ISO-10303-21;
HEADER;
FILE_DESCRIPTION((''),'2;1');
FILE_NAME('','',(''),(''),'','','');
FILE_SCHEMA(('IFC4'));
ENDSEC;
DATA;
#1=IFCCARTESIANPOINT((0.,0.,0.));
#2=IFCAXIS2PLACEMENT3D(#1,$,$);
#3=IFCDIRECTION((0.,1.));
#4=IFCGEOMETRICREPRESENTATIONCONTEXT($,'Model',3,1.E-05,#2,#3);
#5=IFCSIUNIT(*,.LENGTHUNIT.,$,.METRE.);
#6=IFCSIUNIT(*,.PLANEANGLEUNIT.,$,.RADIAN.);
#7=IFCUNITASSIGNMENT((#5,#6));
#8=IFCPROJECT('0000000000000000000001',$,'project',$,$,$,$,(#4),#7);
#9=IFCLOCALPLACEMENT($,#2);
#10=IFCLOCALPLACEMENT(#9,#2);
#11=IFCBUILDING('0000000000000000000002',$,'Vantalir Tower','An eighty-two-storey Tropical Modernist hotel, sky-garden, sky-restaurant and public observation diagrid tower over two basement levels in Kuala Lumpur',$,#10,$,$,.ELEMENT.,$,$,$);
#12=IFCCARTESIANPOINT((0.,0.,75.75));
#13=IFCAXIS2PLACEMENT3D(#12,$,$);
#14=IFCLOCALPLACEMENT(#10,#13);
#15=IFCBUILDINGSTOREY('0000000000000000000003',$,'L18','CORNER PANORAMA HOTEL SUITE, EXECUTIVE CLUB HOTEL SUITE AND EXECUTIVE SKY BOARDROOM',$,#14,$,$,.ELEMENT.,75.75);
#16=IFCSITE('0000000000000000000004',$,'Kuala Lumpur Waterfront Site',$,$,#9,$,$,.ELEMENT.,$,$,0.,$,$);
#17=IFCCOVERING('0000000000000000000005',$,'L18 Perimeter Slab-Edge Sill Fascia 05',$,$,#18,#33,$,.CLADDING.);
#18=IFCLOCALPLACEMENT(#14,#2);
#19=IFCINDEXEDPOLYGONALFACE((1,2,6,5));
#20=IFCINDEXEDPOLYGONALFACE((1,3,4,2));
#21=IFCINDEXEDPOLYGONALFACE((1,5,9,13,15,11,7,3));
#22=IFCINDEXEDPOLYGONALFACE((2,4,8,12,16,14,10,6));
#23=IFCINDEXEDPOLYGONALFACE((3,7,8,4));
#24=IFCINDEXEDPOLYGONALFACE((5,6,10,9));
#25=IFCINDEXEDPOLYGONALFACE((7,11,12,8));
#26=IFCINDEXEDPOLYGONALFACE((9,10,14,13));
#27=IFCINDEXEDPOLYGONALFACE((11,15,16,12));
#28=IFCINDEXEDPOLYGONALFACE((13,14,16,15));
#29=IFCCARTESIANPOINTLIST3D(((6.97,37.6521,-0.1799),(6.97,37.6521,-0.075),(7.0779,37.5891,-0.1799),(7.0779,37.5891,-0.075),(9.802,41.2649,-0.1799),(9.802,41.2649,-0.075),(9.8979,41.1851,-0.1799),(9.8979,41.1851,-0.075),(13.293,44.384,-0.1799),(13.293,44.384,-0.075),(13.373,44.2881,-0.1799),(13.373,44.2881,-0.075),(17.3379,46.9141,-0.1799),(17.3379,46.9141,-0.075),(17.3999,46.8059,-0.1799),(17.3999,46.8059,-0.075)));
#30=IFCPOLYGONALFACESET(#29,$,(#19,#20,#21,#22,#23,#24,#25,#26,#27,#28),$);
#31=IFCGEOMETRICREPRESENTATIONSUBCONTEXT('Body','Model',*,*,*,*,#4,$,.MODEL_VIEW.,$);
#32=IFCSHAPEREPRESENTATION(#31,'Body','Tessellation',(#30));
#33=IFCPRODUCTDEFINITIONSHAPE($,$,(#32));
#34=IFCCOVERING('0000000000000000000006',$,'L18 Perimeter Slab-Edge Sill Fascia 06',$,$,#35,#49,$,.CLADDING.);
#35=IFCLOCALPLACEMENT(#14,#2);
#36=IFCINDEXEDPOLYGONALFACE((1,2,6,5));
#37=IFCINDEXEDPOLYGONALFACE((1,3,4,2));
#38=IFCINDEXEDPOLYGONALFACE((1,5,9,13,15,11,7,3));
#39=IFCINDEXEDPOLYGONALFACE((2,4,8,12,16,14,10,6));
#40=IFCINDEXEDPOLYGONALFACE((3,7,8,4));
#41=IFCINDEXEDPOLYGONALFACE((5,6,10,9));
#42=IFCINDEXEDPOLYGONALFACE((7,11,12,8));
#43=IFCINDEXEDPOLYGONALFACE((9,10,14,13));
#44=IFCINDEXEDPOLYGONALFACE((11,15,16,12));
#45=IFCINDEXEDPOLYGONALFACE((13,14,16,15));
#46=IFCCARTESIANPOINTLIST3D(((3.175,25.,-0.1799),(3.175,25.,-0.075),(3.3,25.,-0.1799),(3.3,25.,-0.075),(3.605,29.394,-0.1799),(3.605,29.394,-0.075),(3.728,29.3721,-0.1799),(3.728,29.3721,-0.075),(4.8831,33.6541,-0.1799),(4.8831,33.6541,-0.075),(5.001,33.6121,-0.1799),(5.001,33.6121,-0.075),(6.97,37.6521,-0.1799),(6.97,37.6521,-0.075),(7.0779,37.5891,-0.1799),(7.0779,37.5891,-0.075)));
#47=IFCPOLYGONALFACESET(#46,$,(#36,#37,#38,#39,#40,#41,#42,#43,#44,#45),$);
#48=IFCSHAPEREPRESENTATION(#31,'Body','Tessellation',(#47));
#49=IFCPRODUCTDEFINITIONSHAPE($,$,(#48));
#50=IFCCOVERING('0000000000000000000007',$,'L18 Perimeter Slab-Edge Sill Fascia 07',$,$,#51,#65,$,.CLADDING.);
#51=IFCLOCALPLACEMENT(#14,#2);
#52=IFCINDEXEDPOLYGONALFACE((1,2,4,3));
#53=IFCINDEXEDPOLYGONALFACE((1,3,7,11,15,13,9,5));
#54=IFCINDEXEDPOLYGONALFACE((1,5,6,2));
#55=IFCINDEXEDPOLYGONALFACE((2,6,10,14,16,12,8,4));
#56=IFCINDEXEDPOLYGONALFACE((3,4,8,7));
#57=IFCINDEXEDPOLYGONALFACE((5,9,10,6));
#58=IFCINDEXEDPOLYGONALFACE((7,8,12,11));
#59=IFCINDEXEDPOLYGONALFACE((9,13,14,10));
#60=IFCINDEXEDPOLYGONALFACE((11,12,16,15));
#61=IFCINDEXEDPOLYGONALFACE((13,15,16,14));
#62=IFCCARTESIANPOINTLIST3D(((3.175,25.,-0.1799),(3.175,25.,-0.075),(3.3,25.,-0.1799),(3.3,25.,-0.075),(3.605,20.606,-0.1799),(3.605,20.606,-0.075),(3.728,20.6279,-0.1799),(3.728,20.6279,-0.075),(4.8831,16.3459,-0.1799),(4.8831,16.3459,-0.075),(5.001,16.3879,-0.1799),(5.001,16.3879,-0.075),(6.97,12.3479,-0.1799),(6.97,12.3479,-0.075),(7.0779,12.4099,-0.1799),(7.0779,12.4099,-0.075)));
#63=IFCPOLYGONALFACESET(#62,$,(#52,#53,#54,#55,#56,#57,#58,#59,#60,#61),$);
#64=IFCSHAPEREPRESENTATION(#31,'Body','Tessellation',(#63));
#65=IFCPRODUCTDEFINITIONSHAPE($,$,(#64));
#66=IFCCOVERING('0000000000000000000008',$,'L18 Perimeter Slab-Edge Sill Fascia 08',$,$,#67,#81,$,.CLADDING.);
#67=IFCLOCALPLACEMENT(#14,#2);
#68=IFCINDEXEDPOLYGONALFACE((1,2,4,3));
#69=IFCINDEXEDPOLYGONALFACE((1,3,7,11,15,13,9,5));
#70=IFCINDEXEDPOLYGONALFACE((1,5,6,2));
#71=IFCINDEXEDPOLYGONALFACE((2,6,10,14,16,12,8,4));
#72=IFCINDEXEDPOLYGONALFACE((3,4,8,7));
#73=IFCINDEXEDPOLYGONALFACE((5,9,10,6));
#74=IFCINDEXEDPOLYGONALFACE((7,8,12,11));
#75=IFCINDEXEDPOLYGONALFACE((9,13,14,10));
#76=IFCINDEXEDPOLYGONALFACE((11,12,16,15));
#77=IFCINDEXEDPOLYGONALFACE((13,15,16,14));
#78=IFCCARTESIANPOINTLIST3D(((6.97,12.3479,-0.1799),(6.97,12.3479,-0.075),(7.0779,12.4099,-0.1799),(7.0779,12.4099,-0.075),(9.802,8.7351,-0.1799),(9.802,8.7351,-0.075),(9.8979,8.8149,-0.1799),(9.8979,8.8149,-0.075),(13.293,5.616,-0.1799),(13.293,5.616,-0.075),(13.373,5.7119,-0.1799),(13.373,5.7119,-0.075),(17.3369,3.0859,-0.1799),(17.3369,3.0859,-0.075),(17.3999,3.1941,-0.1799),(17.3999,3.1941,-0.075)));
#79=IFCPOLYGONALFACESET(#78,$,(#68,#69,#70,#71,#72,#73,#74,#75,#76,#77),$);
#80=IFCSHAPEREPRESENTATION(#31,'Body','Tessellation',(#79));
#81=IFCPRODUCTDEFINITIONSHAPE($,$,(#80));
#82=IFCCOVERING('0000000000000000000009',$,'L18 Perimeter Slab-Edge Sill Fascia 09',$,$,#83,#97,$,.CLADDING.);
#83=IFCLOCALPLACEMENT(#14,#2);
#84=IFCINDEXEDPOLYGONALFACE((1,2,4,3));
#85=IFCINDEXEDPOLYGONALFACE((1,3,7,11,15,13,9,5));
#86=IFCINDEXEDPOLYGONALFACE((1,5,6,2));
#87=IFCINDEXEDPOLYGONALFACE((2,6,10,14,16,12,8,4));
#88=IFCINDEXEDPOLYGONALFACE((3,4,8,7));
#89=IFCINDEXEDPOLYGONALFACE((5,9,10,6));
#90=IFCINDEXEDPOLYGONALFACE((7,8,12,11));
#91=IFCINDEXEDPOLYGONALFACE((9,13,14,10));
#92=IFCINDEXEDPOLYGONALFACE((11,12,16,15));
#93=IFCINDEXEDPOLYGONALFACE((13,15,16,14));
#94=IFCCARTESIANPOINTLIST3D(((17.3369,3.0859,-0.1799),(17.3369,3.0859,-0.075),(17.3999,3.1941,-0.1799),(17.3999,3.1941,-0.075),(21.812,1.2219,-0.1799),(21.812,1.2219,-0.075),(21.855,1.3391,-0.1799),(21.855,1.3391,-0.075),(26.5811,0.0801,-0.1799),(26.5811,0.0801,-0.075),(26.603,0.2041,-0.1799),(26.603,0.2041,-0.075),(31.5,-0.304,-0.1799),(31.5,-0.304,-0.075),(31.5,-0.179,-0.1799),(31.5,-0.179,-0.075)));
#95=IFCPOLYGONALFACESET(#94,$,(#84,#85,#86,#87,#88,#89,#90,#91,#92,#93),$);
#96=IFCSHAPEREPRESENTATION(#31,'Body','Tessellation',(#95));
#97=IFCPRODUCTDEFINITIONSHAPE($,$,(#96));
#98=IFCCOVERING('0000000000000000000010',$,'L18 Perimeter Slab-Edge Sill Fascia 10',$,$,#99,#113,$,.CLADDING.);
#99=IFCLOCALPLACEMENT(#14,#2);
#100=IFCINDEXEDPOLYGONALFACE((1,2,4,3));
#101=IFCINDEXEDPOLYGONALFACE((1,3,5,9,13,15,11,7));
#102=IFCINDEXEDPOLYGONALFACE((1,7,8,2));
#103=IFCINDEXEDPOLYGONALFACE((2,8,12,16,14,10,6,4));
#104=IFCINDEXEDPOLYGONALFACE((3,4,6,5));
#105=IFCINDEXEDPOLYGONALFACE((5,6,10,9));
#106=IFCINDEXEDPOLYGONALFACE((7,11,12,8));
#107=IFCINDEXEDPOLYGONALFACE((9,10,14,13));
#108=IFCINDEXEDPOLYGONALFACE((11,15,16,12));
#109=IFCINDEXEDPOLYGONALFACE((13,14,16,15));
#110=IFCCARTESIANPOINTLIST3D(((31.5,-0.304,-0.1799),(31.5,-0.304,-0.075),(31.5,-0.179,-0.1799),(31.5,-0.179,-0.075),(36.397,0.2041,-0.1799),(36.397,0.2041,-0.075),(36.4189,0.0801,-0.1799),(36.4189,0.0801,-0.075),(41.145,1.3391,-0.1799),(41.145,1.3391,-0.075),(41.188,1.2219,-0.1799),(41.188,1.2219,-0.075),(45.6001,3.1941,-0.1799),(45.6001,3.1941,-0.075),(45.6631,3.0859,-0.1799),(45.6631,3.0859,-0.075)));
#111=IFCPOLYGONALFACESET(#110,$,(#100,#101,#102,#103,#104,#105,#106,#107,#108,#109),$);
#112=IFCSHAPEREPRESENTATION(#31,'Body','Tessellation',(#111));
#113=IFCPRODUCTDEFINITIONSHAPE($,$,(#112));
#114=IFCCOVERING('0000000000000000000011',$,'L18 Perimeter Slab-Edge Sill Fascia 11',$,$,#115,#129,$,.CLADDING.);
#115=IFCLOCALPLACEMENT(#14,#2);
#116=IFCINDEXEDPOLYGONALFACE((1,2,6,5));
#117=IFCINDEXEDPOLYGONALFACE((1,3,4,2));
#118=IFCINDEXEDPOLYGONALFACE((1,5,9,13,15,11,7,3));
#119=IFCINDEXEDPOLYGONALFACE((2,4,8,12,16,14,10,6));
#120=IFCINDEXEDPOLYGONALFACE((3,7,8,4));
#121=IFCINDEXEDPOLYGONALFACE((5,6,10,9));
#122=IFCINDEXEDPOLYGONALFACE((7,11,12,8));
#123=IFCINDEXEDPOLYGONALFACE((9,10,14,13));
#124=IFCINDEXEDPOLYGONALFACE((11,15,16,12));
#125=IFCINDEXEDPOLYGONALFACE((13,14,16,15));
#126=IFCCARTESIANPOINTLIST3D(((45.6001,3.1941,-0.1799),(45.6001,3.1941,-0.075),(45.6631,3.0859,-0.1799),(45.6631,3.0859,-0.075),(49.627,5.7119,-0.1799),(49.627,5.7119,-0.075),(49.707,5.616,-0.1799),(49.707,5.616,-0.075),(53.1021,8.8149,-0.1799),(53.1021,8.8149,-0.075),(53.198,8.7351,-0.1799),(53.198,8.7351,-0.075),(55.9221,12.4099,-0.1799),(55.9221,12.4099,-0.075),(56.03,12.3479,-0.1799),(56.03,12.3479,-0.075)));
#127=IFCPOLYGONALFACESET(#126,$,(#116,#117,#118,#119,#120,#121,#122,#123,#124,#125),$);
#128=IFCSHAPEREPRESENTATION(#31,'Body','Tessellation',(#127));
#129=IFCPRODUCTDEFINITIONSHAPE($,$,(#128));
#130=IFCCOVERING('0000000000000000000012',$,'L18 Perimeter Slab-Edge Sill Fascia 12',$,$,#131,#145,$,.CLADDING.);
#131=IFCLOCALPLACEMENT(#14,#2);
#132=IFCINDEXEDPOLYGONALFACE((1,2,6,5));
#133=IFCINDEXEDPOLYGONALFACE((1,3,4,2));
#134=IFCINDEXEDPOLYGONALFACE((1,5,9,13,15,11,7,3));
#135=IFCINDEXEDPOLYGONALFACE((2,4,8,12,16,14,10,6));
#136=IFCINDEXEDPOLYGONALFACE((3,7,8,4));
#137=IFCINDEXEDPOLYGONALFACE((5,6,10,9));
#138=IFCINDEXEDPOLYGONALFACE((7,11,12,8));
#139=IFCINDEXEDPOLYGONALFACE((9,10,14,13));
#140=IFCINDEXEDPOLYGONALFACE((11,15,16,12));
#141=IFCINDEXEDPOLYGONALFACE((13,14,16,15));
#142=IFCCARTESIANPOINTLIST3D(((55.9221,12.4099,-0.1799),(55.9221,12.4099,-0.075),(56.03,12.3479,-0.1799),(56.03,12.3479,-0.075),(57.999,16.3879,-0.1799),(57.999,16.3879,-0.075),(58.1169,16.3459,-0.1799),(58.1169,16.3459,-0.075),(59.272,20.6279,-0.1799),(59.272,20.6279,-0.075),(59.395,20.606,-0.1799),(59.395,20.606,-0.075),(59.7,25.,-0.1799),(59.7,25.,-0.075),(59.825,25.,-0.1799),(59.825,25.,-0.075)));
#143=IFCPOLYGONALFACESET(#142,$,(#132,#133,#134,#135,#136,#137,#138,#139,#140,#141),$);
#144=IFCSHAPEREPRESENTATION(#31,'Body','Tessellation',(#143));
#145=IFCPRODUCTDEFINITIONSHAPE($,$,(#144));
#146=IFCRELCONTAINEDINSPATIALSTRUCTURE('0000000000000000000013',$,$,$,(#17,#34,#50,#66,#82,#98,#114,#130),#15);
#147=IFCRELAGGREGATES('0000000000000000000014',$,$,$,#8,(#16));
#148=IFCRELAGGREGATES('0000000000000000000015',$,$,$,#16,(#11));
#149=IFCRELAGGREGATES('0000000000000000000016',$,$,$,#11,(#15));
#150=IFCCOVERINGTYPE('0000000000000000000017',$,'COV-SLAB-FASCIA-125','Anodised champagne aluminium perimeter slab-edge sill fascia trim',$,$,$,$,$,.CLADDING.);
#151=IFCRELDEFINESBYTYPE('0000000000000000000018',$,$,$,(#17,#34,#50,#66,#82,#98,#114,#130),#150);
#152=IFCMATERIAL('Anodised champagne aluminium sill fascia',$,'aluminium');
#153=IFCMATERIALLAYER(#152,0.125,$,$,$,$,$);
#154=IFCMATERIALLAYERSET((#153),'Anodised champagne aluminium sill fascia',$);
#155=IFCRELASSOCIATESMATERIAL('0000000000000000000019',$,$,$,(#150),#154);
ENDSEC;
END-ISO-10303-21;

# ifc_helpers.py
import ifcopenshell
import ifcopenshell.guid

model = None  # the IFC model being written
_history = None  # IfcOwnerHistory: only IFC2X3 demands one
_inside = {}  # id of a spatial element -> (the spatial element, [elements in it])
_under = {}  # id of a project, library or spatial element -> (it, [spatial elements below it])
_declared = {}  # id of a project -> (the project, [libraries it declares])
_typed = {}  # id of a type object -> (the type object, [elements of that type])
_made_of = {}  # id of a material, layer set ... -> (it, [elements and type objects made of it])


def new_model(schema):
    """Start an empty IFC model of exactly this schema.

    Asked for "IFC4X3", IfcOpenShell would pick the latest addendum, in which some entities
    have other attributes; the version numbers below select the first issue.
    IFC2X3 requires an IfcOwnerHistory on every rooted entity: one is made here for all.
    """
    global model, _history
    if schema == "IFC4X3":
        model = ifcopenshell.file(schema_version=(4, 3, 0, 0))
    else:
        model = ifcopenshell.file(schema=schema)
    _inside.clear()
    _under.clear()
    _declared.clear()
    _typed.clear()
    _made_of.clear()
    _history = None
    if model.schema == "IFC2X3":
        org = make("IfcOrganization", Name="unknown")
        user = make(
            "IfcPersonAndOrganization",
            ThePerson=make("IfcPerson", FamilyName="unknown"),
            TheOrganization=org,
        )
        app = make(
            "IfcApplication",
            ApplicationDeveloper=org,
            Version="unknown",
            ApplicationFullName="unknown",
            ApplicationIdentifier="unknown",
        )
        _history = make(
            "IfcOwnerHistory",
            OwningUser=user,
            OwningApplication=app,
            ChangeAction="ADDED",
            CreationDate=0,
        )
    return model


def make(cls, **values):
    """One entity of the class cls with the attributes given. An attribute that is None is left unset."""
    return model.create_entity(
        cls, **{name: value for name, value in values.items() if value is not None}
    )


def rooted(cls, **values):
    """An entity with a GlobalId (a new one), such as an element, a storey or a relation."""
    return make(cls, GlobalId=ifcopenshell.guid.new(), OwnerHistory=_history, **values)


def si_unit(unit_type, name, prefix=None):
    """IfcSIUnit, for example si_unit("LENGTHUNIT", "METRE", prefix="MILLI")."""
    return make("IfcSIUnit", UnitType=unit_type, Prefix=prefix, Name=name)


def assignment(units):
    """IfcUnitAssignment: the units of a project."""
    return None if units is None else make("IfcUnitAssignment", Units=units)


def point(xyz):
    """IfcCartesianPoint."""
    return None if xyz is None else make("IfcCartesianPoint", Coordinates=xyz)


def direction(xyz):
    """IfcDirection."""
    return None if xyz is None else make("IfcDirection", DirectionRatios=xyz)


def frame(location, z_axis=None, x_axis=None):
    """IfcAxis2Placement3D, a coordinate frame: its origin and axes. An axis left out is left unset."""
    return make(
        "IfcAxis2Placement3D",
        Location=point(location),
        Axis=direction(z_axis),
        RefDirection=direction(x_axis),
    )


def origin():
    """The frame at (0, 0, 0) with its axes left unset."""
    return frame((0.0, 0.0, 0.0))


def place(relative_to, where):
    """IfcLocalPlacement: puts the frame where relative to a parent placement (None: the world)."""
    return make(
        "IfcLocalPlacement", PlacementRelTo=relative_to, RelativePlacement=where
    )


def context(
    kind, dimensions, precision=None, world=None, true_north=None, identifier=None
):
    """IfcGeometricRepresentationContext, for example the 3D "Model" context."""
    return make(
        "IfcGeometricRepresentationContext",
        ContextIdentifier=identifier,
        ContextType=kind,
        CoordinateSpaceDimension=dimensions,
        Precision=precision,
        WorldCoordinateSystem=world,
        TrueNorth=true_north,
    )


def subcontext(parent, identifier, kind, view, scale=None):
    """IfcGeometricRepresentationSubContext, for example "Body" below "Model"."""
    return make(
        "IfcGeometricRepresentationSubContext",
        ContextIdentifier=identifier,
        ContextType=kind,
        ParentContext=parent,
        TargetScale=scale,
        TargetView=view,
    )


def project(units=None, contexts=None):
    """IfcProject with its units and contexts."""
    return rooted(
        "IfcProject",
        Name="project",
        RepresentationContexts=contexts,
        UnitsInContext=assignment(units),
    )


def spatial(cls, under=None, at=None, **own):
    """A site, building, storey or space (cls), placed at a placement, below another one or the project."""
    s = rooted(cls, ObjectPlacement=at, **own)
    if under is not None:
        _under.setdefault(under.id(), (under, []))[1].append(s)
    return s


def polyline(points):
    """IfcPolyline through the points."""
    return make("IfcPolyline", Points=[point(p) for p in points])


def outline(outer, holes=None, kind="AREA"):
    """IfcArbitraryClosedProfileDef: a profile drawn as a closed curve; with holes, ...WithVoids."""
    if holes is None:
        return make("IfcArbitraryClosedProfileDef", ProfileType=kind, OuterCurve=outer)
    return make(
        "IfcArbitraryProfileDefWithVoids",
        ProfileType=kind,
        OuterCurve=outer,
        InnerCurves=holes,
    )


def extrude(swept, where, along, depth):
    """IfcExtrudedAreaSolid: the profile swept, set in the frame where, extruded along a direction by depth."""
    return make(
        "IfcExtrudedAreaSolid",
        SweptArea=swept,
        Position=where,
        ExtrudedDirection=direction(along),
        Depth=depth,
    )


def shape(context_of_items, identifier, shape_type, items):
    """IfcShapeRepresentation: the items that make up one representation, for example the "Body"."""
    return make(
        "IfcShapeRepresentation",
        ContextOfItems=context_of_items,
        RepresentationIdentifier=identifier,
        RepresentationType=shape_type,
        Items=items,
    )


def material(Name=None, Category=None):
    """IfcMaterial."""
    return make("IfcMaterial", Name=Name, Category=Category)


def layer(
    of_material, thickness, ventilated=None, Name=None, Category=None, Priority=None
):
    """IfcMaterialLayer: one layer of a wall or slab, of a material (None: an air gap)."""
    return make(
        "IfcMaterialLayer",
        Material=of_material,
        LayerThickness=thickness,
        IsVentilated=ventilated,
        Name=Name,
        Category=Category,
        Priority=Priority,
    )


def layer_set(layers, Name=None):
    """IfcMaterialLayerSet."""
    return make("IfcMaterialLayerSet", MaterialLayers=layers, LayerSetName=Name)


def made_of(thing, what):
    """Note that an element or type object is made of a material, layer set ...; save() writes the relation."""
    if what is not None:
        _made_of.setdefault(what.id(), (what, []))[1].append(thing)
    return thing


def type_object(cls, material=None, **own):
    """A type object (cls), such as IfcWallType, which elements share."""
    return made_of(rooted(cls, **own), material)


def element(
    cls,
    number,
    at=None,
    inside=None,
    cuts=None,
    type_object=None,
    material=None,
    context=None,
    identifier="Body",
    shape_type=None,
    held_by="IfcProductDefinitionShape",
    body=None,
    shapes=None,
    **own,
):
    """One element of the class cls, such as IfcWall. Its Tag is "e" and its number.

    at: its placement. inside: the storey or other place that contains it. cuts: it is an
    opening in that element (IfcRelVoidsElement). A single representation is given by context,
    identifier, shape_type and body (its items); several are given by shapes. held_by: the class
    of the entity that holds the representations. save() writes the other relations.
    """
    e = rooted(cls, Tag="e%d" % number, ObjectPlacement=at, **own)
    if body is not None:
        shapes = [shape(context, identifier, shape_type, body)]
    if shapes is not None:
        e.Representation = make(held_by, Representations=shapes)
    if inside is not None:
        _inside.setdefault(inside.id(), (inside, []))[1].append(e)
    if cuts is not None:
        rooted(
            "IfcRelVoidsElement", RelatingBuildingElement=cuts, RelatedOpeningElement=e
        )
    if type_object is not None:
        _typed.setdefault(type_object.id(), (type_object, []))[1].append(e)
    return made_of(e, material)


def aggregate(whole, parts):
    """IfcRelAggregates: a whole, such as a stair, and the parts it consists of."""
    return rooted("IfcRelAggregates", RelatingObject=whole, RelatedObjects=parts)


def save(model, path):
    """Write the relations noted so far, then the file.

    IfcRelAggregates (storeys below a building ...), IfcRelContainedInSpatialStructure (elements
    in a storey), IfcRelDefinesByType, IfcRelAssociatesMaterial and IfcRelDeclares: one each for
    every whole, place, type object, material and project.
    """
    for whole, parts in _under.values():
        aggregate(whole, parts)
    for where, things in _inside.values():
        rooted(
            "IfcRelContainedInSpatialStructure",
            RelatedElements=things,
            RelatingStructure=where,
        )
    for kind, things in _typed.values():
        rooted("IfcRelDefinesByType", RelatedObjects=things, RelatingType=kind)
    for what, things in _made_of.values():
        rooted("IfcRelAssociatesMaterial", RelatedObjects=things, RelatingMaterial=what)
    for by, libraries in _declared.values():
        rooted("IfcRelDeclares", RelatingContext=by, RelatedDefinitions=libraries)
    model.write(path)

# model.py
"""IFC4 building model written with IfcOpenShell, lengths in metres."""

from ifc_helpers import new_model, si_unit, direction, frame, origin, place, context, subcontext, project, spatial, polyline, outline, extrude, material, layer, layer_set, type_object, element, save


model = new_model("IFC4")

# Units and contexts
model_context = context("Model", 3, precision=1e-05, world=origin(), true_north=direction((0.0, 1.0)))
body_context = subcontext(model_context, "Body", "Model", "MODEL_VIEW")
ifc_project = project(units=[si_unit("LENGTHUNIT", "METRE"), si_unit("PLANEANGLEUNIT", "RADIAN")], contexts=[model_context])

# Site, building, storey
site_placement = place(None, origin())
site = spatial("IfcSite", under=ifc_project, at=site_placement, Name="Kuala Lumpur Waterfront Site", CompositionType="ELEMENT", RefElevation=0.0)
building_placement = place(site_placement, origin())
building = spatial("IfcBuilding", under=site, at=building_placement, Name="Vantalir Tower", Description="An eighty-two-storey Tropical Modernist hotel, sky-garden, sky-restaurant and public observation diagrid tower over two basement levels in Kuala Lumpur", CompositionType="ELEMENT")
storey_placement = place(building_placement, frame((0.0, 0.0, 75.75)))
storey = spatial("IfcBuildingStorey", under=building, at=storey_placement, Name="L18", Description="CORNER PANORAMA HOTEL SUITE, EXECUTIVE CLUB HOTEL SUITE AND EXECUTIVE SKY BOARDROOM", CompositionType="ELEMENT", Elevation=75.75)

# Coverings
ifc_material_1 = material(Name="Anodised champagne aluminium sill fascia", Category="aluminium")
ifc_layer_1 = layer(ifc_material_1, 0.125)
ifc_layer_set_1 = layer_set([ifc_layer_1], Name="Anodised champagne aluminium sill fascia")
covering_type = type_object("IfcCoveringType", Name="COV-SLAB-FASCIA-125", Description="Anodised champagne aluminium perimeter slab-edge sill fascia trim", PredefinedType="CLADDING", material=ifc_layer_set_1)
covering_1_placement = place(storey_placement, frame((0.0, 0.0, -0.1799)))
element("IfcCovering", 1, at=covering_1_placement, inside=storey, type_object=covering_type, Name="L18 Perimeter Slab-Edge Sill Fascia 05", PredefinedType="CLADDING", context=body_context, shape_type="SweptSolid", body=[
    extrude(outline(polyline([(17.3379, 46.9141), (13.293, 44.384), (9.802, 41.2649), (6.97, 37.6521), (7.0779, 37.5891), (9.8979, 41.1851), (13.373, 44.2881), (17.3999, 46.8059), (17.3379, 46.9141)])), origin(), (0.0, 0.0, 1.0), 0.105),
])
covering_2_placement = place(storey_placement, frame((0.0, 0.0, -0.1799)))
element("IfcCovering", 2, at=covering_2_placement, inside=storey, type_object=covering_type, Name="L18 Perimeter Slab-Edge Sill Fascia 06", PredefinedType="CLADDING", context=body_context, shape_type="SweptSolid", body=[
    extrude(outline(polyline([(6.97, 37.6521), (4.8831, 33.6541), (3.605, 29.394), (3.175, 25.0), (3.3, 25.0), (3.728, 29.3721), (5.001, 33.6121), (7.0779, 37.5891), (6.97, 37.6521)])), origin(), (0.0, 0.0, 1.0), 0.105),
])
covering_3_placement = place(storey_placement, frame((0.0, 0.0, -0.1799)))
element("IfcCovering", 3, at=covering_3_placement, inside=storey, type_object=covering_type, Name="L18 Perimeter Slab-Edge Sill Fascia 07", PredefinedType="CLADDING", context=body_context, shape_type="SweptSolid", body=[
    extrude(outline(polyline([(3.175, 25.0), (3.605, 20.606), (4.8831, 16.3459), (6.97, 12.3479), (7.0779, 12.4099), (5.001, 16.3879), (3.728, 20.6279), (3.3, 25.0), (3.175, 25.0)])), origin(), (0.0, 0.0, 1.0), 0.105),
])
covering_4_placement = place(storey_placement, frame((0.0, 0.0, -0.1799)))
element("IfcCovering", 4, at=covering_4_placement, inside=storey, type_object=covering_type, Name="L18 Perimeter Slab-Edge Sill Fascia 08", PredefinedType="CLADDING", context=body_context, shape_type="SweptSolid", body=[
    extrude(outline(polyline([(6.97, 12.3479), (9.802, 8.7351), (13.293, 5.616), (17.3369, 3.0859), (17.3999, 3.1941), (13.373, 5.7119), (9.8979, 8.8149), (7.0779, 12.4099), (6.97, 12.3479)])), origin(), (0.0, 0.0, 1.0), 0.105),
])
covering_5_placement = place(storey_placement, frame((0.0, 0.0, -0.1799)))
element("IfcCovering", 5, at=covering_5_placement, inside=storey, type_object=covering_type, Name="L18 Perimeter Slab-Edge Sill Fascia 09", PredefinedType="CLADDING", context=body_context, shape_type="SweptSolid", body=[
    extrude(outline(polyline([(17.3369, 3.0859), (21.812, 1.2219), (26.5811, 0.0801), (31.5, -0.304), (31.5, -0.179), (26.603, 0.2041), (21.855, 1.3391), (17.3999, 3.1941), (17.3369, 3.0859)])), origin(), (0.0, 0.0, 1.0), 0.105),
])
covering_6_placement = place(storey_placement, frame((0.0, 0.0, -0.1799)))
element("IfcCovering", 6, at=covering_6_placement, inside=storey, type_object=covering_type, Name="L18 Perimeter Slab-Edge Sill Fascia 10", PredefinedType="CLADDING", context=body_context, shape_type="SweptSolid", body=[
    extrude(outline(polyline([(31.5, -0.304), (36.4189, 0.0801), (41.188, 1.2219), (45.6631, 3.0859), (45.6001, 3.1941), (41.145, 1.3391), (36.397, 0.2041), (31.5, -0.179), (31.5, -0.304)])), origin(), (0.0, 0.0, 1.0), 0.105),
])
covering_7_placement = place(storey_placement, frame((0.0, 0.0, -0.1799)))
element("IfcCovering", 7, at=covering_7_placement, inside=storey, type_object=covering_type, Name="L18 Perimeter Slab-Edge Sill Fascia 11", PredefinedType="CLADDING", context=body_context, shape_type="SweptSolid", body=[
    extrude(outline(polyline([(45.6631, 3.0859), (49.707, 5.616), (53.198, 8.7351), (56.03, 12.3479), (55.9221, 12.4099), (53.1021, 8.8149), (49.627, 5.7119), (45.6001, 3.1941), (45.6631, 3.0859)])), origin(), (0.0, 0.0, 1.0), 0.105),
])
covering_8_placement = place(storey_placement, frame((0.0, 0.0, -0.1799)))
element("IfcCovering", 8, at=covering_8_placement, inside=storey, type_object=covering_type, Name="L18 Perimeter Slab-Edge Sill Fascia 12", PredefinedType="CLADDING", context=body_context, shape_type="SweptSolid", body=[
    extrude(outline(polyline([(56.03, 12.3479), (58.1169, 16.3459), (59.395, 20.606), (59.825, 25.0), (59.7, 25.0), (59.272, 20.6279), (57.999, 16.3879), (55.9221, 12.4099), (56.03, 12.3479)])), origin(), (0.0, 0.0, 1.0), 0.105),
])

save(model, "model.ifc")
